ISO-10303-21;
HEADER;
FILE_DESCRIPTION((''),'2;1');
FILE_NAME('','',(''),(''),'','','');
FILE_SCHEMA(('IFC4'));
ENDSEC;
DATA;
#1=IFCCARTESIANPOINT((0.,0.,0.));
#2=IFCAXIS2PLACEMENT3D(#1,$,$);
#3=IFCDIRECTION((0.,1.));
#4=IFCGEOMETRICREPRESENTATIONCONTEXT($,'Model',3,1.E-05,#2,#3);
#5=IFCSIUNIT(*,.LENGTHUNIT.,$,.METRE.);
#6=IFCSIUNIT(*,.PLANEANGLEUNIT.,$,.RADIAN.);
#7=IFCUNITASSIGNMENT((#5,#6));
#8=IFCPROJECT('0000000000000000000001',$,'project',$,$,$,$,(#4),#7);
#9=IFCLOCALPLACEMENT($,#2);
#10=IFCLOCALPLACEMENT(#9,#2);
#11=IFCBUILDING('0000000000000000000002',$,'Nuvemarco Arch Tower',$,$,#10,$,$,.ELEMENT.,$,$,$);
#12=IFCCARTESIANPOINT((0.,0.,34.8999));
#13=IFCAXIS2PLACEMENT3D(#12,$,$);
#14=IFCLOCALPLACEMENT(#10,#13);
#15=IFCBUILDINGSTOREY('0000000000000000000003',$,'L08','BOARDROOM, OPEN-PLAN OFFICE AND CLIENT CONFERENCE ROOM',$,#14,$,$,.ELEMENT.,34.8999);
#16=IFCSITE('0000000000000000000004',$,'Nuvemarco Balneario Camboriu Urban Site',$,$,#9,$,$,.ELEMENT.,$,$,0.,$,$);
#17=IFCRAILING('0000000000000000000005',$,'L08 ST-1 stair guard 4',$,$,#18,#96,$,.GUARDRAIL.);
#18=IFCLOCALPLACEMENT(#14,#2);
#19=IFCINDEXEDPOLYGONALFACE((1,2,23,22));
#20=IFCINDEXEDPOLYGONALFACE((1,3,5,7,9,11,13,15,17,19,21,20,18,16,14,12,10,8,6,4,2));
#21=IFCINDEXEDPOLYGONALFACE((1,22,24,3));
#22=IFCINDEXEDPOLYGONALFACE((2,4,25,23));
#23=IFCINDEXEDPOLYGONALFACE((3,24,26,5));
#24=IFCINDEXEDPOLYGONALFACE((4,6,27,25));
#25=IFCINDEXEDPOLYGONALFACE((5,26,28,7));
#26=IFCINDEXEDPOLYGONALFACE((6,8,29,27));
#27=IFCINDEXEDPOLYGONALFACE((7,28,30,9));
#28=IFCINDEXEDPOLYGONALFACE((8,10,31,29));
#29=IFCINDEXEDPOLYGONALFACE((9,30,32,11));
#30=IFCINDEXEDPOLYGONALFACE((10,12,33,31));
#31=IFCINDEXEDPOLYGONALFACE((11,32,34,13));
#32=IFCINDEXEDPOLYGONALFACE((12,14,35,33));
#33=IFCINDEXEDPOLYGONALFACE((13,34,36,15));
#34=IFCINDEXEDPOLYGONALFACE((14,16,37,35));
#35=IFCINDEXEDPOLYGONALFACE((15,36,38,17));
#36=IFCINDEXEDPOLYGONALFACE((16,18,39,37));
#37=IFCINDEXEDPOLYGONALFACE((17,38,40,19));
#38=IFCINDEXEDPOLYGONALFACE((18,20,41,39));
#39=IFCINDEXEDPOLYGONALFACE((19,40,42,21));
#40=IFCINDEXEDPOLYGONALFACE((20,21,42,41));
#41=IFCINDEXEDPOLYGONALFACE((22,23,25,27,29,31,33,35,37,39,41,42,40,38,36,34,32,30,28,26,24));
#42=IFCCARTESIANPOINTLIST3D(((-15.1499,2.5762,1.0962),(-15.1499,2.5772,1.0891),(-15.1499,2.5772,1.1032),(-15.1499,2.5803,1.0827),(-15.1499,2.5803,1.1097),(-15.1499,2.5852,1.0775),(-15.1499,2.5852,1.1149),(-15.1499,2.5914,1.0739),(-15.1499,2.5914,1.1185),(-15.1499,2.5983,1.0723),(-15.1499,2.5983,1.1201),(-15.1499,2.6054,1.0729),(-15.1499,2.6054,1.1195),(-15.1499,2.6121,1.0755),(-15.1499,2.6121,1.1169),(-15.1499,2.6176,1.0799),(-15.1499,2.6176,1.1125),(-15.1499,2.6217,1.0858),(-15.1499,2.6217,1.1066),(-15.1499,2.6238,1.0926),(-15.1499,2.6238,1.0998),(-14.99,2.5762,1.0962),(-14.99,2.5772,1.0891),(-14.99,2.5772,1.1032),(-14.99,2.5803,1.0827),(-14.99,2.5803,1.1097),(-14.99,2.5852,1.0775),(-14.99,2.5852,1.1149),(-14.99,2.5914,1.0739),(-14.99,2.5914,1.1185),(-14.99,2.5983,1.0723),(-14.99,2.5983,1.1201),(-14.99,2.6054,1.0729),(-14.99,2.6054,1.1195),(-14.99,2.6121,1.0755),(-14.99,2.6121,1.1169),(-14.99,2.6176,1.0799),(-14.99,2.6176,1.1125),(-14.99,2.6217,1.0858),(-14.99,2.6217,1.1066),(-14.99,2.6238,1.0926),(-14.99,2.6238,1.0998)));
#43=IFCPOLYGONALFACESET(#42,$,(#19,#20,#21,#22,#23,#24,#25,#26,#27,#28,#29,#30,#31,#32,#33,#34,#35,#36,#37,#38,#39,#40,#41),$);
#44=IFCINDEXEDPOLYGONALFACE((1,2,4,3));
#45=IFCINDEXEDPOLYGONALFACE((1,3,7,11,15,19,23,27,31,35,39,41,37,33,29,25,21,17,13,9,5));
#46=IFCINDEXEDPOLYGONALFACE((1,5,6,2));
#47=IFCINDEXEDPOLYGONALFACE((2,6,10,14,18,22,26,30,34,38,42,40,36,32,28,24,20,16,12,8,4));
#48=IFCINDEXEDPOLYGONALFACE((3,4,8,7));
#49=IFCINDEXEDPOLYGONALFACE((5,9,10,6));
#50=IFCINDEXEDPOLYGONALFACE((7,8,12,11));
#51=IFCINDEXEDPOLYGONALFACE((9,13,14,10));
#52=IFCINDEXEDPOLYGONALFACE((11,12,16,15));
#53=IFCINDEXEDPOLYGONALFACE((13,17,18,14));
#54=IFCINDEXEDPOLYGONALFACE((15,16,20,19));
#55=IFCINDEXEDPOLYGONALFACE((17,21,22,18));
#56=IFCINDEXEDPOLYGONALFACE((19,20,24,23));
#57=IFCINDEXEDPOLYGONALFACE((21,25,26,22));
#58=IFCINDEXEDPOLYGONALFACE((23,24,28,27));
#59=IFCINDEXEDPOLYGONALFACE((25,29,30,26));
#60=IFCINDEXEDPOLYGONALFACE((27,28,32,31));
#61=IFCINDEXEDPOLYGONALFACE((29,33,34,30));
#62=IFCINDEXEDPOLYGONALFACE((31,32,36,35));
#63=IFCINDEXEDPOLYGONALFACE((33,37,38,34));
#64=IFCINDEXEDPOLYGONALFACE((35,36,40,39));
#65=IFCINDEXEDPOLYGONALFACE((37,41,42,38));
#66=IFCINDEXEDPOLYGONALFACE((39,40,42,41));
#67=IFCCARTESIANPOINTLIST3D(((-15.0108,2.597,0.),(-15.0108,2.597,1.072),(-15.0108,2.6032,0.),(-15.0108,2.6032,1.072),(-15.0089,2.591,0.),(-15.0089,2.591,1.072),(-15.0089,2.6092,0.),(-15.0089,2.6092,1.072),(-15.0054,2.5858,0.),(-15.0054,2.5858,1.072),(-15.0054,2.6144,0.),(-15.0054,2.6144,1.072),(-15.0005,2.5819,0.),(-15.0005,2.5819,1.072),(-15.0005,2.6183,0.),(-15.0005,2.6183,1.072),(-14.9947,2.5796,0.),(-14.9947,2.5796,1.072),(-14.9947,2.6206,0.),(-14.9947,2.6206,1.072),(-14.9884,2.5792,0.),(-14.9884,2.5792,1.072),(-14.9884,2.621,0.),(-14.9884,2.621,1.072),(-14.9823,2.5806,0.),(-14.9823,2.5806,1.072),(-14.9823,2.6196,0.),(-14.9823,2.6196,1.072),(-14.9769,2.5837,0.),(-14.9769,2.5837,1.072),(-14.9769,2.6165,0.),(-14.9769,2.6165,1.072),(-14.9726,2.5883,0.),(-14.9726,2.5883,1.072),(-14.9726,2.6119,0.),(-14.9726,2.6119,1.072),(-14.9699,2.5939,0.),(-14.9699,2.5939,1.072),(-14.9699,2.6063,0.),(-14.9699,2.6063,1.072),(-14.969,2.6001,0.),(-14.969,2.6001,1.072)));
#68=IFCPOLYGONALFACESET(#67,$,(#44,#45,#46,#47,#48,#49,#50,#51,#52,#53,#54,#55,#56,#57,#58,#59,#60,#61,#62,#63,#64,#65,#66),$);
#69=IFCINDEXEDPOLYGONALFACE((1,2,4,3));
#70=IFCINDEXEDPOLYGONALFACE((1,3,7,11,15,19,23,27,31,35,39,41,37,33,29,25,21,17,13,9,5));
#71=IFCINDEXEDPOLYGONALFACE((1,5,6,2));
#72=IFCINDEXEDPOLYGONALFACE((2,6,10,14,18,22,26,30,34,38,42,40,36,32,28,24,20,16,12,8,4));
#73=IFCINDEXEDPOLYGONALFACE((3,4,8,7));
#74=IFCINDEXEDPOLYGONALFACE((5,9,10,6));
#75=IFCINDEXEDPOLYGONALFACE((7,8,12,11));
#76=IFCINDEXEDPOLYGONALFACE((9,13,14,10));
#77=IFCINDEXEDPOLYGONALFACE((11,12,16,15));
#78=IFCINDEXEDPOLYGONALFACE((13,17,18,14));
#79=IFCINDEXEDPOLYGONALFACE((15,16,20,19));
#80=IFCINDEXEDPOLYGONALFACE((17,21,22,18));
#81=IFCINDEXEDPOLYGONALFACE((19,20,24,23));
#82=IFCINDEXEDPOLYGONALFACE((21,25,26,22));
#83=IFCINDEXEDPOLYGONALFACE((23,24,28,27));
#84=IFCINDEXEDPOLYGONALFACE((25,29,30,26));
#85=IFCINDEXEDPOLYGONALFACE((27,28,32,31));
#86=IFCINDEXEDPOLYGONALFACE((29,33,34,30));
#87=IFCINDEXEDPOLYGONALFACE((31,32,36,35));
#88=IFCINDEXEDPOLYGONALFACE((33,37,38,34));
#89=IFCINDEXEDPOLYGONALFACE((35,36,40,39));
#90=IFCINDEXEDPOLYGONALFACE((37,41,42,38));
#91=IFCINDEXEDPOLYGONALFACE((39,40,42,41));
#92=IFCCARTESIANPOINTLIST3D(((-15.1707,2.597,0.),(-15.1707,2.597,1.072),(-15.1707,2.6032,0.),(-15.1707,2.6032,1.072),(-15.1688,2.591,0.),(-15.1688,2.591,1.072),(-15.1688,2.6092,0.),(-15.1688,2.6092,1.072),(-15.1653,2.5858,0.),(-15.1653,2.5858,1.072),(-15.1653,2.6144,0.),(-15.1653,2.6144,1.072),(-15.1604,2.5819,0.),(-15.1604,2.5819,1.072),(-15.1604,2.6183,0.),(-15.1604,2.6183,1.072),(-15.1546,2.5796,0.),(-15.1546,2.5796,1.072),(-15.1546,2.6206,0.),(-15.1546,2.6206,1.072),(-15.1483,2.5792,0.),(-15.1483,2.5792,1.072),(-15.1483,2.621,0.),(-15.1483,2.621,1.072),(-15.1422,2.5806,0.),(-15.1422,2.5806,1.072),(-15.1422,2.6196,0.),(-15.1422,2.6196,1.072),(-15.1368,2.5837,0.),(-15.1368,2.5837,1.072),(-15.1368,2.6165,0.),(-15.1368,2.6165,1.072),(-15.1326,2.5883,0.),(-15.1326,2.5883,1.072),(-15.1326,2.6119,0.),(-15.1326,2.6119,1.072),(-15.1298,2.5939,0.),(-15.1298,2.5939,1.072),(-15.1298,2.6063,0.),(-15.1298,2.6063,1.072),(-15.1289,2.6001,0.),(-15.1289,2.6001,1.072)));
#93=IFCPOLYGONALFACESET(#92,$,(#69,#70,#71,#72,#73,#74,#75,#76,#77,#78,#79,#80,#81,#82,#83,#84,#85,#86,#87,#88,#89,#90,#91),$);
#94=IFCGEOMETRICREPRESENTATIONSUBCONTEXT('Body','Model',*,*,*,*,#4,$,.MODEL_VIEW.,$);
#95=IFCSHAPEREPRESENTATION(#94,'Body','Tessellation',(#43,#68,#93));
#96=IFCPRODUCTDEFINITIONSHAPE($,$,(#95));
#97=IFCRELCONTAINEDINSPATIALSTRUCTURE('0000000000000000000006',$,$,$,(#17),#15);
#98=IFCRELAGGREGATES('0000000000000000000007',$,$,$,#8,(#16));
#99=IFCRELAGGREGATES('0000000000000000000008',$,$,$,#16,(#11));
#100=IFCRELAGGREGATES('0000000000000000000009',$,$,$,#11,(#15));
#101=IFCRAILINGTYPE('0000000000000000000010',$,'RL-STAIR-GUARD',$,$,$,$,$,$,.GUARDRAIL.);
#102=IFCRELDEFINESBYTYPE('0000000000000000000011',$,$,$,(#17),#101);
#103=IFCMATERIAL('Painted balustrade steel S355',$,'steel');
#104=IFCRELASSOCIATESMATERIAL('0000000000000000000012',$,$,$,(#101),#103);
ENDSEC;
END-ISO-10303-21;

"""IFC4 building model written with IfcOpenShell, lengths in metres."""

from ifc_helpers import new_model, si_unit, direction, frame, origin, origin_2d, place, context, subcontext, project, spatial, circle, extrude, material, type_object, element, save


model = new_model("IFC4")

# Units and contexts
model_context = context("Model", 3, precision=1e-05, world=origin(), true_north=direction((0.0, 1.0)))
body_context = subcontext(model_context, "Body", "Model", "MODEL_VIEW")
ifc_project = project(units=[si_unit("LENGTHUNIT", "METRE"), si_unit("PLANEANGLEUNIT", "RADIAN")], contexts=[model_context])

# Site, building, storey
site_placement = place(None, origin())
site = spatial("IfcSite", under=ifc_project, at=site_placement, Name="Nuvemarco Balneario Camboriu Urban Site", CompositionType="ELEMENT", RefElevation=0.0)
building_placement = place(site_placement, origin())
building = spatial("IfcBuilding", under=site, at=building_placement, Name="Nuvemarco Arch Tower", CompositionType="ELEMENT")
storey_placement = place(building_placement, frame((0.0, 0.0, 34.8999)))
storey = spatial("IfcBuildingStorey", under=building, at=storey_placement, Name="L08", Description="BOARDROOM, OPEN-PLAN OFFICE AND CLIENT CONFERENCE ROOM", CompositionType="ELEMENT", Elevation=34.8999)

# Railing
ifc_material_1 = material(Name="Painted balustrade steel S355", Category="steel")
railing_type_1 = type_object("IfcRailingType", Name="RL-STAIR-GUARD", PredefinedType="GUARDRAIL", material=ifc_material_1)
railing_1_placement = place(storey_placement, frame((-14.99, 2.6001, 0.0)))
element("IfcRailing", 1, at=railing_1_placement, inside=storey, type_object=railing_type_1, Name="L08 ST-1 stair guard 4", PredefinedType="GUARDRAIL", context=body_context, shape_type="SweptSolid", body=[
    extrude(circle(Radius=0.0239, at=origin_2d()), frame((0.0, 0.0, 1.0962), z_axis=(-1.0, 0.0, 0.0), x_axis=(0.0, -1.0, 0.0)), (0.0, 0.0, 1.0), 0.1599),
    extrude(circle(Radius=0.021, at=origin_2d()), origin(), (0.0, 0.0, 1.0), 1.072),
    extrude(circle(Radius=0.021, at=origin_2d()), frame((-0.1599, 0.0, 0.0)), (0.0, 0.0, 1.0), 1.072),
])

save(model, "model.ifc")
